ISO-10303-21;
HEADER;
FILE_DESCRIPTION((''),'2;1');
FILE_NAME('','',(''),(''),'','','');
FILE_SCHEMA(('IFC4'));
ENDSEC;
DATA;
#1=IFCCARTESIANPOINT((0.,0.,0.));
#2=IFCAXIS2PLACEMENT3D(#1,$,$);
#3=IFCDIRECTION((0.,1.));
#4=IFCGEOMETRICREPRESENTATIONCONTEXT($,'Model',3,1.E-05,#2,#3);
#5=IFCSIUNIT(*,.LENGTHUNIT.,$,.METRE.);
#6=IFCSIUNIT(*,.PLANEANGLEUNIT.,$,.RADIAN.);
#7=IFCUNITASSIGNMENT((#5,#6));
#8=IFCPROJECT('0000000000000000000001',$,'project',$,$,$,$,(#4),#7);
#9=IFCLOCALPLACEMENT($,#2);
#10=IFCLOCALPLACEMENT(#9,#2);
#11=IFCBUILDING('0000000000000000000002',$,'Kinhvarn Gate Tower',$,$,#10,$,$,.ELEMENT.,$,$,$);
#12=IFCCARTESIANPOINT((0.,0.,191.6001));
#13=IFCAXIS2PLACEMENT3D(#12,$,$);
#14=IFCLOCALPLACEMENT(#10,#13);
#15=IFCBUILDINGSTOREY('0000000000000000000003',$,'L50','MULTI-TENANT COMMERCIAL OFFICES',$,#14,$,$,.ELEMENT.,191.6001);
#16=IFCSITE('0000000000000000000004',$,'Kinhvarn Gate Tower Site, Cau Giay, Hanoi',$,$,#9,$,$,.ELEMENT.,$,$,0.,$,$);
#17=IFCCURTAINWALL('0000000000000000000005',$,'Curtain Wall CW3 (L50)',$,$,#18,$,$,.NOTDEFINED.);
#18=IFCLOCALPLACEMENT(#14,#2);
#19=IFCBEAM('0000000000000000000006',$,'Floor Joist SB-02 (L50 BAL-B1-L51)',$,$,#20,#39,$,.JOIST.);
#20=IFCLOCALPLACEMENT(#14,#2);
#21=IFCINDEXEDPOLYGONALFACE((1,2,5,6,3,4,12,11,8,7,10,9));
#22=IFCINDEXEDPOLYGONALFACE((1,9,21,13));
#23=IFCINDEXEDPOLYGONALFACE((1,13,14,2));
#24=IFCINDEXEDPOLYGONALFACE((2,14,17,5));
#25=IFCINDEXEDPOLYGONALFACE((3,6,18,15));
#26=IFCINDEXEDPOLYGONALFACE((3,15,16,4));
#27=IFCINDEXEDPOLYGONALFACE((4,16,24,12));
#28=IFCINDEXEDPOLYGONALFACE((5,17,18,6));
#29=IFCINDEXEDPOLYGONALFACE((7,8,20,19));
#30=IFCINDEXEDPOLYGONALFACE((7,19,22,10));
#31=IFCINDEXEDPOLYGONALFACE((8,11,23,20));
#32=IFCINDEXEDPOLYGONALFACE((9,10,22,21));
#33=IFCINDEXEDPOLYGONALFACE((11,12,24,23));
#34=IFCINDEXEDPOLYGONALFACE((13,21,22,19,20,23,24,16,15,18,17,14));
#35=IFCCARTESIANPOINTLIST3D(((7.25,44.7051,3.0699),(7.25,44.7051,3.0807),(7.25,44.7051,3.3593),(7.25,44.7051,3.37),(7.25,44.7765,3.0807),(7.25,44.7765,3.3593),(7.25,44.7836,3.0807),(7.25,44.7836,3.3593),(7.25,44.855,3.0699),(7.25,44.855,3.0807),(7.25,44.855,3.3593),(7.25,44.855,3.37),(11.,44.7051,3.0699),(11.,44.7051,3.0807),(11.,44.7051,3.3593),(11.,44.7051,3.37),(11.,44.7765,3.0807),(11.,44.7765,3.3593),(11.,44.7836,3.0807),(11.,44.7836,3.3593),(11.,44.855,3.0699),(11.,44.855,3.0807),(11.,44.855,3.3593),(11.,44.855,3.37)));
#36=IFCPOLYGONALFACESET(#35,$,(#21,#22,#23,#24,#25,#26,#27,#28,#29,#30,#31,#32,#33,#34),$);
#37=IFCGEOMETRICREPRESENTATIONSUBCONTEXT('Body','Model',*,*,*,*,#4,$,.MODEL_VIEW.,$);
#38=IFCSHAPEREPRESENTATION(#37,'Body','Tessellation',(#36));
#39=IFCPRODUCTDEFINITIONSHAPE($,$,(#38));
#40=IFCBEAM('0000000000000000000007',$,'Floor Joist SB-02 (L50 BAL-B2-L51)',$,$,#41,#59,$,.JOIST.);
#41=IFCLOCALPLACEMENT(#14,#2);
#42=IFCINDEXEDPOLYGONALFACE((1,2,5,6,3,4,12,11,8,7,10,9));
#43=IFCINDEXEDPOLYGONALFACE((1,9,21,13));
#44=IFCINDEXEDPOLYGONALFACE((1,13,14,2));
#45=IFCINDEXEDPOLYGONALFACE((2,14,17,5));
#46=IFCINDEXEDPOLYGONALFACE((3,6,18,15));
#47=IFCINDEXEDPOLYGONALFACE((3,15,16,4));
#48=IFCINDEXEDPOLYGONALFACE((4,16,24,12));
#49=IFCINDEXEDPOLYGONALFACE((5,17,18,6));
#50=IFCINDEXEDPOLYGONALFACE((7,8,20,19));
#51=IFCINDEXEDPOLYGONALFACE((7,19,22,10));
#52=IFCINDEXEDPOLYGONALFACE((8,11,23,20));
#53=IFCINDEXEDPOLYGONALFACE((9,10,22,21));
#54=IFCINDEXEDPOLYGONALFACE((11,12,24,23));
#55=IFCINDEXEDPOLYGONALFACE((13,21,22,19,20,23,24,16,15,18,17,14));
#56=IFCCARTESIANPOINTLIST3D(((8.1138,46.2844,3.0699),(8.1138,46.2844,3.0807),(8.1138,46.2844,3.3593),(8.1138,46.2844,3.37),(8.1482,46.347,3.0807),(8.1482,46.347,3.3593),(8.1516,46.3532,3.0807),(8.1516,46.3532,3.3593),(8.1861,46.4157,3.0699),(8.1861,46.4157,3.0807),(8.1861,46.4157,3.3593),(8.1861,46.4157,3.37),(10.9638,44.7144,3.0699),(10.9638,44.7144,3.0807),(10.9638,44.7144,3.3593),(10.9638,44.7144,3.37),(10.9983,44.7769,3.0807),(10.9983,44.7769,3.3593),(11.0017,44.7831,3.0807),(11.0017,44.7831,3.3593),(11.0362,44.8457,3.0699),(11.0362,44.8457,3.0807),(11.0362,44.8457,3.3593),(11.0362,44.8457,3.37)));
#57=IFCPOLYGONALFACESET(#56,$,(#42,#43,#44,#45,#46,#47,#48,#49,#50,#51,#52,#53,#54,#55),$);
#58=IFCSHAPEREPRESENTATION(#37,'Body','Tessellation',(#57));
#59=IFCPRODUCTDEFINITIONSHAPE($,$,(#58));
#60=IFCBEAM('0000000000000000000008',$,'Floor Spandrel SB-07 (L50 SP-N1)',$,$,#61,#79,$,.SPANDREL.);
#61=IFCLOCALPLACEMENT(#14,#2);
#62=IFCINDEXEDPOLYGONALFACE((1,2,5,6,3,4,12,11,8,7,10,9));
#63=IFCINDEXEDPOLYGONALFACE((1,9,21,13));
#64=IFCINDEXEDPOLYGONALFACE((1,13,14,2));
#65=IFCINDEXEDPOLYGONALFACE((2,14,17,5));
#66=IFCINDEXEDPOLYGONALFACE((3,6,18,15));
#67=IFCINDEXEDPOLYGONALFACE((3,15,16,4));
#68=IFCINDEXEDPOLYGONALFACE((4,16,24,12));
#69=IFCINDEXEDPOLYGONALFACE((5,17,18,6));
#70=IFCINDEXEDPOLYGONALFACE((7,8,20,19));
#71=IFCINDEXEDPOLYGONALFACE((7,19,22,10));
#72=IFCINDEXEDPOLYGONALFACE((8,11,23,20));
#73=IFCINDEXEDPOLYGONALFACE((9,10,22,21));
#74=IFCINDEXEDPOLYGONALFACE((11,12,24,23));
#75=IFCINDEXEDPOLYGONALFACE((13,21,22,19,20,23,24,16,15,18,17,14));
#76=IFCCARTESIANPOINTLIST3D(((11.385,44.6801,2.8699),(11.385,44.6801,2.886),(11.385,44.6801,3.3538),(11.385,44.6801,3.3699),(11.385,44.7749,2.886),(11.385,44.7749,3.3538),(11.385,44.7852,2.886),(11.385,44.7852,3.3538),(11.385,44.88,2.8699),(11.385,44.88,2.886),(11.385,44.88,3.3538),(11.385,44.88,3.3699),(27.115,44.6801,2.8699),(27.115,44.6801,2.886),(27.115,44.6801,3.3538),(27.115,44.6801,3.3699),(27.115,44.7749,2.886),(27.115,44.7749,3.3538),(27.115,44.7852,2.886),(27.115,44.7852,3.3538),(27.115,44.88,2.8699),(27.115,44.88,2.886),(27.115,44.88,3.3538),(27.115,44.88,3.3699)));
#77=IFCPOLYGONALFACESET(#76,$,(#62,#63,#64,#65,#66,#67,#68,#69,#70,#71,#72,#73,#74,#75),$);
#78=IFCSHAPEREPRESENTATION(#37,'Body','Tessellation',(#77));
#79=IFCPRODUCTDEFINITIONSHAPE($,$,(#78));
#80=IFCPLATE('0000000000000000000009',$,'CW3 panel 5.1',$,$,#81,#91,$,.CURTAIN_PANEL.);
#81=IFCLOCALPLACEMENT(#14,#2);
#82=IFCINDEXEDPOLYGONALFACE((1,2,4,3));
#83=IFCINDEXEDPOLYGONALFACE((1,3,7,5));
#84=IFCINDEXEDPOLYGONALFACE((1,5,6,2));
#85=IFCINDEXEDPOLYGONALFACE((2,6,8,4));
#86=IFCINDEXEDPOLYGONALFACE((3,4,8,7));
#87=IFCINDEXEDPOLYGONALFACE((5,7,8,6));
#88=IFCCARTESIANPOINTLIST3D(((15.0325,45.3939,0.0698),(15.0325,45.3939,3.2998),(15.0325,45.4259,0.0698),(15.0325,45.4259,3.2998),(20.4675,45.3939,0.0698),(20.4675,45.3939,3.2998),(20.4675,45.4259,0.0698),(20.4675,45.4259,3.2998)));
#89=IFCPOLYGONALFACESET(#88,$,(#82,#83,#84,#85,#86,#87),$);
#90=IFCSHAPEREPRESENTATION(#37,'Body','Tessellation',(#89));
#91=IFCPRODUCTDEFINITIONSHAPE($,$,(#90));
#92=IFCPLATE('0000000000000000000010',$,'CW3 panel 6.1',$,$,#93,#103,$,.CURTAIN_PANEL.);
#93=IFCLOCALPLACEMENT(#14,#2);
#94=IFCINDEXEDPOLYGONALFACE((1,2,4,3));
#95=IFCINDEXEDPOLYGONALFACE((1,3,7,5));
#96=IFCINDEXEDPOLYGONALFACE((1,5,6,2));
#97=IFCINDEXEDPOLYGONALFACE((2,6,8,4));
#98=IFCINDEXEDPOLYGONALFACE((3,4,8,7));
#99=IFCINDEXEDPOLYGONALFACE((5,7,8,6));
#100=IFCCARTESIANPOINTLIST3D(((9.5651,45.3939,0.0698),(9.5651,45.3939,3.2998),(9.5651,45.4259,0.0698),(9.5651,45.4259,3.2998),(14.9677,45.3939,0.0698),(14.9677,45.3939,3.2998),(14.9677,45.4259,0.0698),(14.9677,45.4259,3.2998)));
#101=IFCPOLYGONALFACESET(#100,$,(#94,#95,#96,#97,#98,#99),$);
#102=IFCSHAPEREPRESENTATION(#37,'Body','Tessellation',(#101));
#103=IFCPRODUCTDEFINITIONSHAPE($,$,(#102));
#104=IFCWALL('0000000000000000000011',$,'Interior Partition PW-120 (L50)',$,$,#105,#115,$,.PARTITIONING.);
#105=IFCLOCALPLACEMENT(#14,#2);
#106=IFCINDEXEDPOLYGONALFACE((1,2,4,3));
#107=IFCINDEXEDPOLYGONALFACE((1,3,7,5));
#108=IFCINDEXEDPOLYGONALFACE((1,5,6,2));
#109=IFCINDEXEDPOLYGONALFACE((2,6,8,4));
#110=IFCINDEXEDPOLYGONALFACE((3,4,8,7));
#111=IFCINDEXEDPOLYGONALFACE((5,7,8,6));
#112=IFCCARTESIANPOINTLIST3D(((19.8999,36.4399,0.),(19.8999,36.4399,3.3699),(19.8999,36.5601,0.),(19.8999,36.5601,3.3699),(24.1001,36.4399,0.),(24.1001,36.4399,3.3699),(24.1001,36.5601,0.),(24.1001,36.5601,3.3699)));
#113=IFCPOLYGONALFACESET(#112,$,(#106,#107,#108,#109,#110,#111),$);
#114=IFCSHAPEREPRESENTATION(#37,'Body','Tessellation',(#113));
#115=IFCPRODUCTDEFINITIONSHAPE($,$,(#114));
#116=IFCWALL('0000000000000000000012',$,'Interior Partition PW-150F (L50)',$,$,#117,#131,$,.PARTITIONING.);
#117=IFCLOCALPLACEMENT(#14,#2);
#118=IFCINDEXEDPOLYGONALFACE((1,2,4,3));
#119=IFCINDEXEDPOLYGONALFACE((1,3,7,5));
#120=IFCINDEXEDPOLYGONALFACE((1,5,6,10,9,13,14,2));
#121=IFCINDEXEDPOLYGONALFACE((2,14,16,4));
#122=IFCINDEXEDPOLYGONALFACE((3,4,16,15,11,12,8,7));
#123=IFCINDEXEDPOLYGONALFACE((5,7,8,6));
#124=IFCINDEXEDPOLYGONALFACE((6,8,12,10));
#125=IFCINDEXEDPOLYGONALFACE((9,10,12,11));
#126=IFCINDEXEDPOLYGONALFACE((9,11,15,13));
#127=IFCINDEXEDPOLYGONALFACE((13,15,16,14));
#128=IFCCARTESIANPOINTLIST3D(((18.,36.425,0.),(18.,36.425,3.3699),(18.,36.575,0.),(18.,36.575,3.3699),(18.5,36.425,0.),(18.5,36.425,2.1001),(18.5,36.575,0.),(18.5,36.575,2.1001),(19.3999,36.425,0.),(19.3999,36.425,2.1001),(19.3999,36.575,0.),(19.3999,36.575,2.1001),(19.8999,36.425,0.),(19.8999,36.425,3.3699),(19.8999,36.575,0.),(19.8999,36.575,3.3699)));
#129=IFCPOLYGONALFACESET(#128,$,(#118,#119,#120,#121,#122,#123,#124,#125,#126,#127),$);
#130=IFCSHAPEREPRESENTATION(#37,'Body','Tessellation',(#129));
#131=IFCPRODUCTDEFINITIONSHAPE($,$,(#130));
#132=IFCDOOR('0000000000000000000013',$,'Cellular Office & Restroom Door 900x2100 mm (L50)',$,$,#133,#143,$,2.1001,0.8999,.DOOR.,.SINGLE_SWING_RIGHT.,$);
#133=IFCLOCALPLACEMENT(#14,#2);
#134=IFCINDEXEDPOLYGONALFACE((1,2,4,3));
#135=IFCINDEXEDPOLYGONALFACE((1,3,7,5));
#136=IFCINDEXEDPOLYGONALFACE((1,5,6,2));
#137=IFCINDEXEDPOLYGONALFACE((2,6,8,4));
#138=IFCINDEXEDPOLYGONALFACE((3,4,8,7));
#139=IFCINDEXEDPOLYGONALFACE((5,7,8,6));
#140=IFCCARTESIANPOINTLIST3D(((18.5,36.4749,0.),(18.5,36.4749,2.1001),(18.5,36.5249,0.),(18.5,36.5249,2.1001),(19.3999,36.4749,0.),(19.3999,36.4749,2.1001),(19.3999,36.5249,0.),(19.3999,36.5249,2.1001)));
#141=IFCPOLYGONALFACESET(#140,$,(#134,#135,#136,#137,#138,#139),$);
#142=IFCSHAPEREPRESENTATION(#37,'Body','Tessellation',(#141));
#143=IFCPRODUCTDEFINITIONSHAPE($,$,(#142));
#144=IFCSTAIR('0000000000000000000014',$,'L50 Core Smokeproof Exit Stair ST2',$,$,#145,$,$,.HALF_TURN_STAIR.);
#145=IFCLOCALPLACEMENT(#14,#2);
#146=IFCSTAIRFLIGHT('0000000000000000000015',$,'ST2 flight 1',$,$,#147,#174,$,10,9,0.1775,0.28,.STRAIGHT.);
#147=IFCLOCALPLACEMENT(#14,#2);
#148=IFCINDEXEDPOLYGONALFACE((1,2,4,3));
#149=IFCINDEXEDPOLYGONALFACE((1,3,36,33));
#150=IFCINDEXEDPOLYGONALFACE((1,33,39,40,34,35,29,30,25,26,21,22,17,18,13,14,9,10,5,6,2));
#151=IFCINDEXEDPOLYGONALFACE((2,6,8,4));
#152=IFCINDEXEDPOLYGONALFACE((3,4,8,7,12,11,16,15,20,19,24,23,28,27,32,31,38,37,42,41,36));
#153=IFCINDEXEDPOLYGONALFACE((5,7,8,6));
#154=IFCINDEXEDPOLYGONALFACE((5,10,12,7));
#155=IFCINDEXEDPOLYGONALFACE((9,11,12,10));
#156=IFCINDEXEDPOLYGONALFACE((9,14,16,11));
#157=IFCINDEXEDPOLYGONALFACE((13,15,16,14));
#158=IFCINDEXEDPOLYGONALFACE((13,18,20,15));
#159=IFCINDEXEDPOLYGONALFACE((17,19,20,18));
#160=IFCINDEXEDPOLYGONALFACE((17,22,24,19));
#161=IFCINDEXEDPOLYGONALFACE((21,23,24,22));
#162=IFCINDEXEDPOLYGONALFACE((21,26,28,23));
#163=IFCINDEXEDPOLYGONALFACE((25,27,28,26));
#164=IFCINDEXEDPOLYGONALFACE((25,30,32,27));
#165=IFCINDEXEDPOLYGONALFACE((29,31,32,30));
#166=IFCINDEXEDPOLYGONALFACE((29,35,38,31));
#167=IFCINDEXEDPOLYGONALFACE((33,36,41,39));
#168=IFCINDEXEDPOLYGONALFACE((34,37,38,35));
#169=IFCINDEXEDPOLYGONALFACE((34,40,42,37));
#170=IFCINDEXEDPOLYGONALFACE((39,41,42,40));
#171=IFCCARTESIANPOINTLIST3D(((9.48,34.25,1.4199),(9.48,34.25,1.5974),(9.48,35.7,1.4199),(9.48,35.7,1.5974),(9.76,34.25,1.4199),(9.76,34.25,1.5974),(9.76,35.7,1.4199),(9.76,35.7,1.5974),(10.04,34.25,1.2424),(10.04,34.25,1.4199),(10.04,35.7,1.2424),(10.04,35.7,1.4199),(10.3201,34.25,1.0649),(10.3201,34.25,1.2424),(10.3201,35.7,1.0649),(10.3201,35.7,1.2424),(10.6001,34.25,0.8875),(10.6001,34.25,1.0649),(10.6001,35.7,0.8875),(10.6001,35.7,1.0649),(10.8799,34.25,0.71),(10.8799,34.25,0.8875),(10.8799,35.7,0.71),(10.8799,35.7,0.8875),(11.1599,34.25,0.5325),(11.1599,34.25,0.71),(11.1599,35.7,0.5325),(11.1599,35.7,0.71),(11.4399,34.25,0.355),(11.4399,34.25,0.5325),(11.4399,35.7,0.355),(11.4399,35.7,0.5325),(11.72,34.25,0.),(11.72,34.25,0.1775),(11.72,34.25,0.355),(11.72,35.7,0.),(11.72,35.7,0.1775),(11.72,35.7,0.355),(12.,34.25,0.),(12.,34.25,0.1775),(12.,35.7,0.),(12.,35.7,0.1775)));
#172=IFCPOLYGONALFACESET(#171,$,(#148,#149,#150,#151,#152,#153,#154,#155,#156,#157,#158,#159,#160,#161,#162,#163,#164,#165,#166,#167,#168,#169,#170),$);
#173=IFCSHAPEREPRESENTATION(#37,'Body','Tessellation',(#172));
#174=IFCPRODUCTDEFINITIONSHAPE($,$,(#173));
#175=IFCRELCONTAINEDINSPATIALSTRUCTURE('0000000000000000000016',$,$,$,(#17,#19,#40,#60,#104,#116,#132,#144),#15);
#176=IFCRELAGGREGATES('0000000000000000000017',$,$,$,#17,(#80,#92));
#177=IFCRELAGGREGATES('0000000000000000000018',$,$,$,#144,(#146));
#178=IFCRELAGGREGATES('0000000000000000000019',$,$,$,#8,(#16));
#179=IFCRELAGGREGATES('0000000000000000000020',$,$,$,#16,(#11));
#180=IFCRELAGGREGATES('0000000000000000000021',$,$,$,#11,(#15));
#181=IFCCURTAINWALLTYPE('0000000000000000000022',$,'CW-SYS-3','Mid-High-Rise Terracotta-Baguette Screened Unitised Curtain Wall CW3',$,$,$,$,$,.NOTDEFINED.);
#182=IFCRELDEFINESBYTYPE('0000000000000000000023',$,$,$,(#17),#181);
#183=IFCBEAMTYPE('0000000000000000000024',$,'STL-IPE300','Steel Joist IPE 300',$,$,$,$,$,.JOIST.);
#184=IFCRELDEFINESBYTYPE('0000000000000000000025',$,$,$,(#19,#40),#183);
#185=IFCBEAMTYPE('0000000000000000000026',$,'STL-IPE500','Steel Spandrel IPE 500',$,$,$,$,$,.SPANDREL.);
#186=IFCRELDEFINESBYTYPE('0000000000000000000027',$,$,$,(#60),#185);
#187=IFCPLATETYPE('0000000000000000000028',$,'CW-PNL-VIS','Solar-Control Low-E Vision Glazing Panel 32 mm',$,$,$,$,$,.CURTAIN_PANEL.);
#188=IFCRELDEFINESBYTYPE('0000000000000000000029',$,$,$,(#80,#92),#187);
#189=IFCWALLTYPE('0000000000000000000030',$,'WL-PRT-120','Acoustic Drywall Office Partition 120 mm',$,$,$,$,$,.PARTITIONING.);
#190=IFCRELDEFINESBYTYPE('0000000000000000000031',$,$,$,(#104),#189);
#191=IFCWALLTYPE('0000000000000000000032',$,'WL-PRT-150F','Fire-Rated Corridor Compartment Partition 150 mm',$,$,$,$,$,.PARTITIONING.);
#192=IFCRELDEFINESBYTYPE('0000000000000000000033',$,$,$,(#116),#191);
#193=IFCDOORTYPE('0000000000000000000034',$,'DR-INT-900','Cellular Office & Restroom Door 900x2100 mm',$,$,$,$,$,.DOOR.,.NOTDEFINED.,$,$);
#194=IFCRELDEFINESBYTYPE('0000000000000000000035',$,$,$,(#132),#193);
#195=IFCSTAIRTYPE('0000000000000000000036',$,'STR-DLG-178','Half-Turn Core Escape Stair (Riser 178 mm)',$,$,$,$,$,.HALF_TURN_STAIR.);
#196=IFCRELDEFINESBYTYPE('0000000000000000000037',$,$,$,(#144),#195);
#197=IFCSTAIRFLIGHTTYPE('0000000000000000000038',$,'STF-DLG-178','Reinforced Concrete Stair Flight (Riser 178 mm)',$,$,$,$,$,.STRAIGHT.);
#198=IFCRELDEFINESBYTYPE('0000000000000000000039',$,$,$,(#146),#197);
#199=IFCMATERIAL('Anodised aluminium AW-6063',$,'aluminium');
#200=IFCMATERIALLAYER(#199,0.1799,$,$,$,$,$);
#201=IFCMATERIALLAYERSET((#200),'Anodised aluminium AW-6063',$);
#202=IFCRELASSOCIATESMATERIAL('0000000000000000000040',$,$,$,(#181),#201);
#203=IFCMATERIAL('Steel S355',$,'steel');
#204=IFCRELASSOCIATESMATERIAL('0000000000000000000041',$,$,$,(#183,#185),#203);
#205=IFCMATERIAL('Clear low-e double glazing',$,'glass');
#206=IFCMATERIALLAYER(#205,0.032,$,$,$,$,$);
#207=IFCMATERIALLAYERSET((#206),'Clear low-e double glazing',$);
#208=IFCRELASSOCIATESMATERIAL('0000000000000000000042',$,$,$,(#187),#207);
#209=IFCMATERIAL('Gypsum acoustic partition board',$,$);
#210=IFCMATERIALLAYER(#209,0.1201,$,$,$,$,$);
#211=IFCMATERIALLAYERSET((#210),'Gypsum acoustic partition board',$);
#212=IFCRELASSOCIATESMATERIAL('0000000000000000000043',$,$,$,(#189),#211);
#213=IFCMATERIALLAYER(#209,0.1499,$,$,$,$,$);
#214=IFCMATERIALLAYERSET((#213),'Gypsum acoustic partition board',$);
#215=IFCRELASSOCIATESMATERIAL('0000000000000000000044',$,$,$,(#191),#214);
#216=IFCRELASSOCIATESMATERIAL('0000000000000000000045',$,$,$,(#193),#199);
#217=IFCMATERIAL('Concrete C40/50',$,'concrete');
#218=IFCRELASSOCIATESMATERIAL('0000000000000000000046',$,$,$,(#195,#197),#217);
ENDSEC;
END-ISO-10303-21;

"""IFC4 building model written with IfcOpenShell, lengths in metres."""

from ifc_helpers import new_model, si_unit, direction, frame, frame_2d, origin, origin_2d, place, context, subcontext, project, spatial, polyline, rectangle, i_section, outline, extrude, material, layer, layer_set, material_profile, profile_set, type_object, element, fill, aggregate, save


model = new_model("IFC4")

# Units and contexts
model_context = context("Model", 3, precision=1e-05, world=origin(), true_north=direction((0.0, 1.0)))
body_context = subcontext(model_context, "Body", "Model", "MODEL_VIEW")
ifc_project = project(units=[si_unit("LENGTHUNIT", "METRE"), si_unit("PLANEANGLEUNIT", "RADIAN")], contexts=[model_context])

# Site, building, storey
site_placement = place(None, origin())
site = spatial("IfcSite", under=ifc_project, at=site_placement, Name="Kinhvarn Gate Tower Site, Cau Giay, Hanoi", CompositionType="ELEMENT", RefElevation=0.0)
building_placement = place(site_placement, origin())
building = spatial("IfcBuilding", under=site, at=building_placement, Name="Kinhvarn Gate Tower", CompositionType="ELEMENT")
storey_placement = place(building_placement, frame((0.0, 0.0, 191.6001)))
storey = spatial("IfcBuildingStorey", under=building, at=storey_placement, Name="L50", Description="MULTI-TENANT COMMERCIAL OFFICES", CompositionType="ELEMENT", Elevation=191.6001)

# Curtain wall
ifc_material_1 = material(Name="Anodised aluminium AW-6063", Category="aluminium")
ifc_layer_1 = layer(ifc_material_1, 0.1799)
ifc_layer_set_1 = layer_set([ifc_layer_1], Name="Anodised aluminium AW-6063")
curtain_wall_type = type_object("IfcCurtainWallType", Name="CW-SYS-3", Description="Mid-High-Rise Terracotta-Baguette Screened Unitised Curtain Wall CW3", PredefinedType="NOTDEFINED", material=ifc_layer_set_1)
curtain_wall_placement = place(storey_placement, origin())
curtain_wall = element("IfcCurtainWall", 1, at=curtain_wall_placement, inside=storey, type_object=curtain_wall_type, Name="Curtain Wall CW3 (L50)", PredefinedType="NOTDEFINED")

# Beams
ifc_material_2 = material(Name="Steel S355", Category="steel")
ifc_material_profile_1 = material_profile(ifc_material_2, i_section(OverallWidth=0.1499, OverallDepth=0.3, WebThickness=0.0071, FlangeThickness=0.0107, at=origin_2d()), Name="IPE 300")
ifc_profile_set_1 = profile_set([ifc_material_profile_1], Name="Steel S355")
beam_type_1 = type_object("IfcBeamType", Name="STL-IPE300", Description="Steel Joist IPE 300", PredefinedType="JOIST", material=ifc_profile_set_1)
beam_1_placement = place(storey_placement, frame((11.0, 44.78, 3.22), z_axis=(-1.0, 0.0, 0.0), x_axis=(0.0, -1.0, 0.0)))
element("IfcBeam", 2, at=beam_1_placement, inside=storey, type_object=beam_type_1, Name="Floor Joist SB-02 (L50 BAL-B1-L51)", PredefinedType="JOIST", context=body_context, shape_type="SweptSolid", body=[
    extrude(i_section(OverallWidth=0.1499, OverallDepth=0.3, WebThickness=0.0071, FlangeThickness=0.0107, at=origin_2d()), origin(), (0.0, 0.0, 1.0), 3.75),
])
beam_2_placement = place(storey_placement, frame((11.0, 44.78, 3.22), z_axis=(-0.875889, 0.482512, 0.0), x_axis=(-0.482512, -0.875889, 0.0)))
element("IfcBeam", 3, at=beam_2_placement, inside=storey, type_object=beam_type_1, Name="Floor Joist SB-02 (L50 BAL-B2-L51)", PredefinedType="JOIST", context=body_context, shape_type="SweptSolid", body=[
    extrude(i_section(OverallWidth=0.1499, OverallDepth=0.3, WebThickness=0.0071, FlangeThickness=0.0107, at=origin_2d()), origin(), (0.0, 0.0, 1.0), 3.2539),
])
ifc_material_profile_2 = material_profile(ifc_material_2, i_section(OverallWidth=0.2, OverallDepth=0.5, WebThickness=0.0103, FlangeThickness=0.0161, at=origin_2d()), Name="IPE 500")
ifc_profile_set_2 = profile_set([ifc_material_profile_2], Name="Steel S355")
beam_type_2 = type_object("IfcBeamType", Name="STL-IPE500", Description="Steel Spandrel IPE 500", PredefinedType="SPANDREL", material=ifc_profile_set_2)
beam_3_placement = place(storey_placement, frame((11.385, 44.78, 3.1199), z_axis=(1.0, 0.0, 0.0), x_axis=(0.0, 1.0, 0.0)))
element("IfcBeam", 4, at=beam_3_placement, inside=storey, type_object=beam_type_2, Name="Floor Spandrel SB-07 (L50 SP-N1)", PredefinedType="SPANDREL", context=body_context, shape_type="SweptSolid", body=[
    extrude(i_section(OverallWidth=0.2, OverallDepth=0.5, WebThickness=0.0103, FlangeThickness=0.0161, at=origin_2d()), origin(), (0.0, 0.0, 1.0), 15.73),
])

# Plates
ifc_material_3 = material(Name="Clear low-e double glazing", Category="glass")
ifc_layer_2 = layer(ifc_material_3, 0.032)
ifc_layer_set_2 = layer_set([ifc_layer_2], Name="Clear low-e double glazing")
plate_type = type_object("IfcPlateType", Name="CW-PNL-VIS", Description="Solar-Control Low-E Vision Glazing Panel 32 mm", PredefinedType="CURTAIN_PANEL", material=ifc_layer_set_2)
plate_1_placement = place(storey_placement, frame((17.75, 45.4099, 0.0698), z_axis=(0.0, 0.0, 1.0), x_axis=(-1.0, 0.0, 0.0)))
plate_1 = element("IfcPlate", 5, at=plate_1_placement, type_object=plate_type, Name="CW3 panel 5.1", PredefinedType="CURTAIN_PANEL", context=body_context, shape_type="SweptSolid", body=[
    extrude(rectangle(XDim=5.4351, YDim=0.032, at=origin_2d()), origin(), (0.0, 0.0, 1.0), 3.23),
])
plate_2_placement = place(storey_placement, frame((12.2664, 45.4099, 0.0698), z_axis=(0.0, 0.0, 1.0), x_axis=(-1.0, 0.0, 0.0)))
plate_2 = element("IfcPlate", 6, at=plate_2_placement, type_object=plate_type, Name="CW3 panel 6.1", PredefinedType="CURTAIN_PANEL", context=body_context, shape_type="SweptSolid", body=[
    extrude(rectangle(XDim=5.4026, YDim=0.032, at=origin_2d()), origin(), (0.0, 0.0, 1.0), 3.23),
])
aggregate(curtain_wall, [plate_1, plate_2])

# Wall
ifc_material_4 = material(Name="Gypsum acoustic partition board")
ifc_layer_3 = layer(ifc_material_4, 0.1201)
ifc_layer_set_3 = layer_set([ifc_layer_3], Name="Gypsum acoustic partition board")
wall_type_1 = type_object("IfcWallType", Name="WL-PRT-120", Description="Acoustic Drywall Office Partition 120 mm", PredefinedType="PARTITIONING", material=ifc_layer_set_3)
wall_1_placement = place(storey_placement, frame((19.8999, 36.5, 0.0), z_axis=(0.0, 0.0, 1.0), x_axis=(1.0, 0.0, 0.0)))
element("IfcWall", 7, at=wall_1_placement, inside=storey, type_object=wall_type_1, Name="Interior Partition PW-120 (L50)", PredefinedType="PARTITIONING", context=body_context, shape_type="SweptSolid", body=[
    extrude(rectangle(XDim=4.2002, YDim=0.1201, at=frame_2d((2.1001, 0.0))), origin(), (0.0, 0.0, 1.0), 3.3699),
])

# Wall, opening, door
ifc_layer_4 = layer(ifc_material_4, 0.1499)
ifc_layer_set_4 = layer_set([ifc_layer_4], Name="Gypsum acoustic partition board")
wall_type_2 = type_object("IfcWallType", Name="WL-PRT-150F", Description="Fire-Rated Corridor Compartment Partition 150 mm", PredefinedType="PARTITIONING", material=ifc_layer_set_4)
wall_2_placement = place(storey_placement, frame((18.0, 36.5, 0.0), z_axis=(0.0, 0.0, 1.0), x_axis=(1.0, 0.0, 0.0)))
wall_2 = element("IfcWall", 8, at=wall_2_placement, inside=storey, type_object=wall_type_2, Name="Interior Partition PW-150F (L50)", PredefinedType="PARTITIONING", context=body_context, shape_type="SweptSolid", body=[
    extrude(rectangle(XDim=1.8999, YDim=0.1499, at=frame_2d((0.95, 0.0))), origin(), (0.0, 0.0, 1.0), 3.3699),
])
opening_placement = place(wall_2_placement, frame((0.5, 0.0, 0.0)))
opening = element("IfcOpeningElement", 9, at=opening_placement, cuts=wall_2, PredefinedType="OPENING", context=body_context, shape_type="SweptSolid", body=[
    extrude(rectangle(XDim=0.8999, YDim=2.1001, at=frame_2d((0.45, 1.05))), frame((0.0, 0.085, 0.0), z_axis=(0.0, -1.0, 0.0), x_axis=(1.0, 0.0, 0.0)), (0.0, 0.0, 1.0), 0.1699),
])
door_type = type_object("IfcDoorType", Name="DR-INT-900", Description="Cellular Office & Restroom Door 900x2100 mm", OperationType="NOTDEFINED", PredefinedType="DOOR", material=ifc_material_1)
door_placement = place(opening_placement, origin())
door = element("IfcDoor", 10, at=door_placement, inside=storey, type_object=door_type, Name="Cellular Office & Restroom Door 900x2100 mm (L50)", OperationType="SINGLE_SWING_RIGHT", OverallHeight=2.1001, OverallWidth=0.8999, PredefinedType="DOOR", context=body_context, shape_type="SweptSolid", body=[
    extrude(rectangle(XDim=0.8999, YDim=2.1001, at=frame_2d((0.45, 1.05))), frame((0.0, 0.0249, 0.0), z_axis=(0.0, -1.0, 0.0), x_axis=(1.0, 0.0, 0.0)), (0.0, 0.0, 1.0), 0.05),
])
fill(opening, door)

# Stair, stair flight
ifc_material_5 = material(Name="Concrete C40/50", Category="concrete")
stair_type = type_object("IfcStairType", Name="STR-DLG-178", Description="Half-Turn Core Escape Stair (Riser 178 mm)", PredefinedType="HALF_TURN_STAIR", material=ifc_material_5)
stair_placement = place(storey_placement, origin())
stair = element("IfcStair", 11, at=stair_placement, inside=storey, type_object=stair_type, Name="L50 Core Smokeproof Exit Stair ST2", PredefinedType="HALF_TURN_STAIR")
stair_flight_type = type_object("IfcStairFlightType", Name="STF-DLG-178", Description="Reinforced Concrete Stair Flight (Riser 178 mm)", PredefinedType="STRAIGHT", material=ifc_material_5)
stair_flight_placement = place(storey_placement, frame((12.0, 34.9751, 0.0), z_axis=(0.0, 0.0, 1.0), x_axis=(-1.0, 0.0, 0.0)))
stair_flight = element("IfcStairFlight", 12, at=stair_flight_placement, type_object=stair_flight_type, Name="ST2 flight 1", NumberOfRisers=10, NumberOfTreads=9, PredefinedType="STRAIGHT", RiserHeight=0.1775, TreadLength=0.28, context=body_context, shape_type="SweptSolid", body=[
    extrude(outline(polyline([(0.0, 0.0), (0.0, 0.1775), (0.28, 0.1775), (0.28, 0.355), (0.5601, 0.355), (0.5601, 0.5325), (0.8401, 0.5325), (0.8401, 0.71), (1.1201, 0.71), (1.1201, 0.8875), (1.3999, 0.8875), (1.3999, 1.0649), (1.6799, 1.0649), (1.6799, 1.2424), (1.96, 1.2424), (1.96, 1.4199), (2.24, 1.4199), (2.24, 1.5974), (2.52, 1.5974), (2.52, 1.7749), (2.52, 1.4199), (0.28, 0.0), (0.0, 0.0)])), frame((0.0, 0.7251, 0.0), z_axis=(0.0, -1.0, 0.0), x_axis=(1.0, 0.0, 0.0)), (0.0, 0.0, 1.0), 1.45),
])
aggregate(stair, [stair_flight])

save(model, "model.ifc")
